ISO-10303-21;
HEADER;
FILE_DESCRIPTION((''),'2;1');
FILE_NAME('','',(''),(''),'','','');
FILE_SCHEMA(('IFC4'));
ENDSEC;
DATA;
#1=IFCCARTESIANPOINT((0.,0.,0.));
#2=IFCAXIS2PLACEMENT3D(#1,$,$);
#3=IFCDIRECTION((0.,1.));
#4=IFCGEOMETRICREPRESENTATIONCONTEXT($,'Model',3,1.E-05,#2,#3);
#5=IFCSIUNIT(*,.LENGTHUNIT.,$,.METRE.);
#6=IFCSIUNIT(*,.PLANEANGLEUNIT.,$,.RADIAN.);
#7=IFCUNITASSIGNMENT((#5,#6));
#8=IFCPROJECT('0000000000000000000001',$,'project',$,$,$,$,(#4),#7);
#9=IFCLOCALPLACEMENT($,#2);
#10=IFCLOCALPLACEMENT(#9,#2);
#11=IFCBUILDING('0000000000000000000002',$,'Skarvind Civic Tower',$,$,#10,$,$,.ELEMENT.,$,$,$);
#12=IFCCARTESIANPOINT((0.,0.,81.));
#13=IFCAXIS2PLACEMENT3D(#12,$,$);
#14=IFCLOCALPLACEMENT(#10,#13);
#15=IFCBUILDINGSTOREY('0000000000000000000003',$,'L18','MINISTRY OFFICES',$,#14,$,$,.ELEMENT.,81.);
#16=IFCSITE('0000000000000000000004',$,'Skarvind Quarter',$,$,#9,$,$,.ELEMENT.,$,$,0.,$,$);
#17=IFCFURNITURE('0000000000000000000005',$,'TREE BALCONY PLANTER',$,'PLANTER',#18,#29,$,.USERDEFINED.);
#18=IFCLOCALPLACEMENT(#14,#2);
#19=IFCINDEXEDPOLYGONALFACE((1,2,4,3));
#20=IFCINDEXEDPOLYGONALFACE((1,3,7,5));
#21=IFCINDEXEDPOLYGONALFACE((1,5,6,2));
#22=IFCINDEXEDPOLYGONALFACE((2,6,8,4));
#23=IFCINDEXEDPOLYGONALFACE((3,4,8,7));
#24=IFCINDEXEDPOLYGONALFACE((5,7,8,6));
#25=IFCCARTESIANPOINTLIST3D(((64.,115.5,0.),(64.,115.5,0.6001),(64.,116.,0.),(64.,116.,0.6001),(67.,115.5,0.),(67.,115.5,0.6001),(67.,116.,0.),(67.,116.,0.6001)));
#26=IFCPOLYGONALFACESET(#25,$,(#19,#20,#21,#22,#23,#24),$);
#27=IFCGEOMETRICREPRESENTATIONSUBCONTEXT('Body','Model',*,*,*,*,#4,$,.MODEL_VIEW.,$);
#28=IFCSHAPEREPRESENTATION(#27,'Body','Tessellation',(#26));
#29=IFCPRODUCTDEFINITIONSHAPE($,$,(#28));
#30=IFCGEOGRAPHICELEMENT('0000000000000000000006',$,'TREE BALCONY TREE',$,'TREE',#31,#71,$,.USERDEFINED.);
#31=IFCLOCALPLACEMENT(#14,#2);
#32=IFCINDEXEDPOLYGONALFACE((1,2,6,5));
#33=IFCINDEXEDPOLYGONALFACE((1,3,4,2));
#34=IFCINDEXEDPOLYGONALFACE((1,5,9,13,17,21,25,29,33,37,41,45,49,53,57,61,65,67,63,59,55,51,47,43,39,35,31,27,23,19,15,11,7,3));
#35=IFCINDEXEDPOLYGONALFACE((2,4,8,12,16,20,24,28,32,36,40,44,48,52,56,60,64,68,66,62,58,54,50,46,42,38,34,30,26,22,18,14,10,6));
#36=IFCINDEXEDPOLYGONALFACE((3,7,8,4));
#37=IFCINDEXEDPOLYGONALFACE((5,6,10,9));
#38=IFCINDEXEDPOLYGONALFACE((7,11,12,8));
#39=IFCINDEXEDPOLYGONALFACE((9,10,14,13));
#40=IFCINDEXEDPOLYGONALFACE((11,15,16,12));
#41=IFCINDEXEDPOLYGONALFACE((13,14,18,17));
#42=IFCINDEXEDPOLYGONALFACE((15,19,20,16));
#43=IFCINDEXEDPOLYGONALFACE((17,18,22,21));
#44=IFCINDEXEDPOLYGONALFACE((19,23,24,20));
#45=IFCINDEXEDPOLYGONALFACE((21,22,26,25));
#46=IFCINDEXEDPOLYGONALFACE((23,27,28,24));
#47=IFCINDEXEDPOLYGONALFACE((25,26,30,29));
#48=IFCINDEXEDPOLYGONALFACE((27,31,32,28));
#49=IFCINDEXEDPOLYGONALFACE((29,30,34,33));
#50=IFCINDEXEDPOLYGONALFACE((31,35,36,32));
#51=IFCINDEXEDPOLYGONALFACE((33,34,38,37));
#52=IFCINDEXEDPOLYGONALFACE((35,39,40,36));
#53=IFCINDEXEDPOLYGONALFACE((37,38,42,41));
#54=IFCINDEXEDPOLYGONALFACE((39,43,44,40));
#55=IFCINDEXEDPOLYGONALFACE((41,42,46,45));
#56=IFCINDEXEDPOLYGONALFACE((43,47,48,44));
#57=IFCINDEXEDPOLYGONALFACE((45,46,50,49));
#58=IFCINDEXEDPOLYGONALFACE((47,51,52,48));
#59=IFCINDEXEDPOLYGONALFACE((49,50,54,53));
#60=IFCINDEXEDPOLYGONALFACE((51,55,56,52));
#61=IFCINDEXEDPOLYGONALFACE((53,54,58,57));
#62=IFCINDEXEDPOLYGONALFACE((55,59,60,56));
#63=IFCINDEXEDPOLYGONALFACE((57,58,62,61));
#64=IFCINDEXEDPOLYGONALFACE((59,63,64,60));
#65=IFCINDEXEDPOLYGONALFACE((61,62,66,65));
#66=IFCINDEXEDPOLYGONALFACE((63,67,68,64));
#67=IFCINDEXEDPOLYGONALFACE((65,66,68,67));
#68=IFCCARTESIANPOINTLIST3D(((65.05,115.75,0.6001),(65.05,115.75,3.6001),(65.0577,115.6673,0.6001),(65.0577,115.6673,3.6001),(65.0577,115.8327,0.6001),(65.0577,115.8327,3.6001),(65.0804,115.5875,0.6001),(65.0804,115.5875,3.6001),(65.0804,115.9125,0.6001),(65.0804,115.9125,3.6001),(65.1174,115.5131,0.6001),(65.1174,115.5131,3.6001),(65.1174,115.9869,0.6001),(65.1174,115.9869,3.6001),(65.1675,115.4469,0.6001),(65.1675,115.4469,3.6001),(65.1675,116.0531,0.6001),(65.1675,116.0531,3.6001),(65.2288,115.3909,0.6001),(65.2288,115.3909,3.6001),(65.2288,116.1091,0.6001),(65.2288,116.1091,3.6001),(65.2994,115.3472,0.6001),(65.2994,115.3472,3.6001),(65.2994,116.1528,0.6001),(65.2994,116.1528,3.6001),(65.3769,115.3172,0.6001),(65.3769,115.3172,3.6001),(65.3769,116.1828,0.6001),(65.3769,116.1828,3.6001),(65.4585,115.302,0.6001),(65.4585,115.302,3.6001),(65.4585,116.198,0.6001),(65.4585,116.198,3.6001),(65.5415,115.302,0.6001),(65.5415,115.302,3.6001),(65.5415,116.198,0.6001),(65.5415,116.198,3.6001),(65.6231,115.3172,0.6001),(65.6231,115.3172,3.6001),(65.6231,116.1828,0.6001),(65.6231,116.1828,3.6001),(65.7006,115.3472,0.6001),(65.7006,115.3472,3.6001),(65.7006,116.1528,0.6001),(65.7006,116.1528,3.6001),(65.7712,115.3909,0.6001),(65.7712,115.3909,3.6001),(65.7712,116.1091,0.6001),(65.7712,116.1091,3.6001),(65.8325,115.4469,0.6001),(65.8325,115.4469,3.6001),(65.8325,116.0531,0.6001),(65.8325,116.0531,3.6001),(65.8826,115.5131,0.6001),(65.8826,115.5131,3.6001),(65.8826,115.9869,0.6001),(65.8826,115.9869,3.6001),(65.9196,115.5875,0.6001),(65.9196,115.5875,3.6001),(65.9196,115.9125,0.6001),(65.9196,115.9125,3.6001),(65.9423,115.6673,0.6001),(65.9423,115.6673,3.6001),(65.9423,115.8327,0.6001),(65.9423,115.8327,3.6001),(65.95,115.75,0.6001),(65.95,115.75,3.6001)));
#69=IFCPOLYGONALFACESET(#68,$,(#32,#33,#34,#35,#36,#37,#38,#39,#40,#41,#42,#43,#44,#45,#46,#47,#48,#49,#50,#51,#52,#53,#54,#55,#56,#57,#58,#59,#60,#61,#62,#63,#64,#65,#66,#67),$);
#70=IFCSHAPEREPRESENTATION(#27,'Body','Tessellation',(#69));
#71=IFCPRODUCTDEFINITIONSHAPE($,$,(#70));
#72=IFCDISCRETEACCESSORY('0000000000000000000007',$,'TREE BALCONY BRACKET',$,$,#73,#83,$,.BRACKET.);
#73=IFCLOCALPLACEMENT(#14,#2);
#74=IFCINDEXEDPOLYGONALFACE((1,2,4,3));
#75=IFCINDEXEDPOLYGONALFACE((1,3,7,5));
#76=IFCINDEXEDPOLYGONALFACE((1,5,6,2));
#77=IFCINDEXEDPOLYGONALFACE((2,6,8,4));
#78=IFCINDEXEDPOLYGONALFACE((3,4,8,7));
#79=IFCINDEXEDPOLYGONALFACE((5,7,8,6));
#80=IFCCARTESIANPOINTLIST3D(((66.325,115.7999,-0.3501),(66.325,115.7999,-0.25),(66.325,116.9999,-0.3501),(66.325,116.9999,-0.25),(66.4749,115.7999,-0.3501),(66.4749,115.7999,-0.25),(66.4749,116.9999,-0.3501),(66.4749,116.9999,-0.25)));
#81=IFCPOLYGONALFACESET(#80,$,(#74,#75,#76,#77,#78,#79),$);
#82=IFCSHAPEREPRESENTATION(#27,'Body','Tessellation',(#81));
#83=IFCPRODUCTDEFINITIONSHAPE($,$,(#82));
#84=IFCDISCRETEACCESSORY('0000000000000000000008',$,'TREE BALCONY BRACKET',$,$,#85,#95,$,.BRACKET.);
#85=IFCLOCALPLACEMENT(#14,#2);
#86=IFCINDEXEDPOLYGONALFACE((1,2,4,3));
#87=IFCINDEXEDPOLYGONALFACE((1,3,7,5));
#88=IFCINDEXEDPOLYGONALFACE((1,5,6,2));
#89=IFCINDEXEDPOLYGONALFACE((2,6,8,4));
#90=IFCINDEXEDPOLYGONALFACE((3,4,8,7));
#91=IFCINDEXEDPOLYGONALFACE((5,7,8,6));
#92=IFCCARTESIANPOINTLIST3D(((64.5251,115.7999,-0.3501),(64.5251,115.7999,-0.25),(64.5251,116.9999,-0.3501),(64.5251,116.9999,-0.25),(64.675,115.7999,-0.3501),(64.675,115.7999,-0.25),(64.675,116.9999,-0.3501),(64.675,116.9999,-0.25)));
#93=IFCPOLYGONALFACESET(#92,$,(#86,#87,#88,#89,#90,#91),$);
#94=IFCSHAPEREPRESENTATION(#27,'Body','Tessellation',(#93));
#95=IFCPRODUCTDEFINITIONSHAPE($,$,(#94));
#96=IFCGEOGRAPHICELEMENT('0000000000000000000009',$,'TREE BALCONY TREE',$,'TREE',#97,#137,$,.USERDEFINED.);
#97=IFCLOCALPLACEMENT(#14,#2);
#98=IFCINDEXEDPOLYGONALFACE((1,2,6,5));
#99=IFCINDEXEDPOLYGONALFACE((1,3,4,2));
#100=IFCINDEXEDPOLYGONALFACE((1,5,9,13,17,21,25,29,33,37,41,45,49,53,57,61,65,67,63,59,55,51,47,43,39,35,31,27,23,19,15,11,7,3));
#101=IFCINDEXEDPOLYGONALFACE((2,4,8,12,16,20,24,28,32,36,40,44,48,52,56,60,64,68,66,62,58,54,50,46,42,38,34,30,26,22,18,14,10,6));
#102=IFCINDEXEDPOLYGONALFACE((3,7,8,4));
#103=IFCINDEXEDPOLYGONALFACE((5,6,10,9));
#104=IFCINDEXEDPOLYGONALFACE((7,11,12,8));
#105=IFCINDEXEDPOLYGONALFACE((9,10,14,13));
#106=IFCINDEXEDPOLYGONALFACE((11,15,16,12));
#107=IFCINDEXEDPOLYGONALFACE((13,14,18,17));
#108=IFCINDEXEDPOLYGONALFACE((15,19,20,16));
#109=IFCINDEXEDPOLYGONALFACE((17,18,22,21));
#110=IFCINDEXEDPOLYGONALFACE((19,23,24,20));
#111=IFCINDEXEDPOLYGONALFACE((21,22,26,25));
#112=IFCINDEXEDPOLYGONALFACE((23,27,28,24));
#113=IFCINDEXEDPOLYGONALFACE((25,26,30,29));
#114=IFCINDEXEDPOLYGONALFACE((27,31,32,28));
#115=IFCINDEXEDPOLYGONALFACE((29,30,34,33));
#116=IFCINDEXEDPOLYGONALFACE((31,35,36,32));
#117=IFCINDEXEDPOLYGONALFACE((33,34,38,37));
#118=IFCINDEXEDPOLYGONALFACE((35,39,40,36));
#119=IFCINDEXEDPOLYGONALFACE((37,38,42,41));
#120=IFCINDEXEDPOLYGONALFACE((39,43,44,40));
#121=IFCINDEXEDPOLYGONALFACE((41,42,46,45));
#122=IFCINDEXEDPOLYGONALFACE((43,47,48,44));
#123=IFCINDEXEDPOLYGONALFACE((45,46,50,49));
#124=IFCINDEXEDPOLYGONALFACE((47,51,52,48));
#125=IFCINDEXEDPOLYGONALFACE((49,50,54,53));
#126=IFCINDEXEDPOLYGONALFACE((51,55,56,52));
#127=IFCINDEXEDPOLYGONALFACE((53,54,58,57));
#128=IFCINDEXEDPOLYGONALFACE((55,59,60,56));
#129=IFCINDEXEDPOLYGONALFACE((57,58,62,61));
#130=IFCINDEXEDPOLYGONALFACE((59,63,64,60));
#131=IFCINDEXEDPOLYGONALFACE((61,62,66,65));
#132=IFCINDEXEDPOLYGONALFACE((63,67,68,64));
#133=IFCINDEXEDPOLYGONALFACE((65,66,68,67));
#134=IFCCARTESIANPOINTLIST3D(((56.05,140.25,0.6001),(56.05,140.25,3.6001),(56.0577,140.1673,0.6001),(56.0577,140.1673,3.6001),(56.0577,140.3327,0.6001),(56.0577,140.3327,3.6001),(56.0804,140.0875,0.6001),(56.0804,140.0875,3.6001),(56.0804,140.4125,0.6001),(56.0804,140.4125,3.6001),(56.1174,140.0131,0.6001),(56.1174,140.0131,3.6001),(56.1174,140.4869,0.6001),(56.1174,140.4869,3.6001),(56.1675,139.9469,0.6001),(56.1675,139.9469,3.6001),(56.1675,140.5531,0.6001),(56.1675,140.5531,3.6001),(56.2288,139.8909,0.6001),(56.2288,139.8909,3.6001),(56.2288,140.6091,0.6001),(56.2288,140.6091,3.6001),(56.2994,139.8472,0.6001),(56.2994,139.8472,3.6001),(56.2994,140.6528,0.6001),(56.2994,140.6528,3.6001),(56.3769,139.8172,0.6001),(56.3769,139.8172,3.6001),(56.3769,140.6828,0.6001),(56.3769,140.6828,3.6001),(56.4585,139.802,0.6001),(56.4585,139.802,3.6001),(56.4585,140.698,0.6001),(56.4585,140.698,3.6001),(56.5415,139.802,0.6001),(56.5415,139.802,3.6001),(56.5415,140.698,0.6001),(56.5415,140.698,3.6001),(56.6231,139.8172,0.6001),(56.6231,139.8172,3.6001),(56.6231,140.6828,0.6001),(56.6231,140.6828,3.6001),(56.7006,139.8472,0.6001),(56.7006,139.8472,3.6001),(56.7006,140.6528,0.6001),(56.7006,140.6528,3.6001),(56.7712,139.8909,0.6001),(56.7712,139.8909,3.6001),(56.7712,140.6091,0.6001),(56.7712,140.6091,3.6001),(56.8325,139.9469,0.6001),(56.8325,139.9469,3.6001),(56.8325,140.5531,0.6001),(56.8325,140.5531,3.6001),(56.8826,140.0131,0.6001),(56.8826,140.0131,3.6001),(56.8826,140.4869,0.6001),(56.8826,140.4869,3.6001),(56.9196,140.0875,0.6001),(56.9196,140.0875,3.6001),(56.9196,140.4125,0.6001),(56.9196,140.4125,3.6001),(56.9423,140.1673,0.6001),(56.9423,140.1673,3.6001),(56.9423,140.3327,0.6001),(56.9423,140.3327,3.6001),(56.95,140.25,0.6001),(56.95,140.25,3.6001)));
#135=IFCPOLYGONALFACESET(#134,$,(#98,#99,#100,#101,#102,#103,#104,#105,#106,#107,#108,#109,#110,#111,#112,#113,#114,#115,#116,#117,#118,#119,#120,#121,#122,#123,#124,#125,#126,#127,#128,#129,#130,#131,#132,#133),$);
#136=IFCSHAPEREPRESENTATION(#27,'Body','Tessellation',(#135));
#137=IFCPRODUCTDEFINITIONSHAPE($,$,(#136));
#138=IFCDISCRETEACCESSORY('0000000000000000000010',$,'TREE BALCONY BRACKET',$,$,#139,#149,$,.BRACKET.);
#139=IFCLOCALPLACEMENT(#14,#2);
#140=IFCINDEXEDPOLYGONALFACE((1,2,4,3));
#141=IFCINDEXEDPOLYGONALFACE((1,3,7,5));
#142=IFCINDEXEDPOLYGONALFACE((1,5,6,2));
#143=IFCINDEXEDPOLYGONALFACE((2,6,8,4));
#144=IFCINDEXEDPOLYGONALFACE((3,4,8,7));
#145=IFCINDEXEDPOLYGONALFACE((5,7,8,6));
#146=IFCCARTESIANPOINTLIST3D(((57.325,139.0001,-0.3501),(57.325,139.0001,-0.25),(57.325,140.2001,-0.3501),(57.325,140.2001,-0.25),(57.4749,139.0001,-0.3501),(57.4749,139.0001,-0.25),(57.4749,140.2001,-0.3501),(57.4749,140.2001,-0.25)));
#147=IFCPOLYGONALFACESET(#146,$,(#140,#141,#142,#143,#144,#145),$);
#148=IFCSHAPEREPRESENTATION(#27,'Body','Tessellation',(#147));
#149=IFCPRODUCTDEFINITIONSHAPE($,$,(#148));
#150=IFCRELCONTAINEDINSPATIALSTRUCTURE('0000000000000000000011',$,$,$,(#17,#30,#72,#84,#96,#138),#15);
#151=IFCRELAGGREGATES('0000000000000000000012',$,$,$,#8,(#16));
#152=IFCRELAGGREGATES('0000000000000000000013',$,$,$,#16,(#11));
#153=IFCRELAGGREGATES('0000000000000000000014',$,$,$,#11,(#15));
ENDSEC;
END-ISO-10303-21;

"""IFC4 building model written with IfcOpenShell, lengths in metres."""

from ifc_helpers import new_model, si_unit, direction, frame, origin, origin_2d, place, context, subcontext, project, spatial, rectangle, circle, extrude, element, save


model = new_model("IFC4")

# Units and contexts
model_context = context("Model", 3, precision=1e-05, world=origin(), true_north=direction((0.0, 1.0)))
body_context = subcontext(model_context, "Body", "Model", "MODEL_VIEW")
ifc_project = project(units=[si_unit("LENGTHUNIT", "METRE"), si_unit("PLANEANGLEUNIT", "RADIAN")], contexts=[model_context])

# Site, building, storey
site_placement = place(None, origin())
site = spatial("IfcSite", under=ifc_project, at=site_placement, Name="Skarvind Quarter", CompositionType="ELEMENT", RefElevation=0.0)
building_placement = place(site_placement, origin())
building = spatial("IfcBuilding", under=site, at=building_placement, Name="Skarvind Civic Tower", CompositionType="ELEMENT")
storey_placement = place(building_placement, frame((0.0, 0.0, 81.0)))
storey = spatial("IfcBuildingStorey", under=building, at=storey_placement, Name="L18", Description="MINISTRY OFFICES", CompositionType="ELEMENT", Elevation=81.0)

# Furniture
furniture_placement = place(storey_placement, frame((65.5, 115.75, 0.0), z_axis=(0.0, 0.0, 1.0), x_axis=(-1.0, 0.0, 0.0)))
element("IfcFurniture", 1, at=furniture_placement, inside=storey, Name="TREE BALCONY PLANTER", ObjectType="PLANTER", PredefinedType="USERDEFINED", context=body_context, shape_type="SweptSolid", body=[
    extrude(rectangle(XDim=3.0, YDim=0.5, at=origin_2d()), origin(), (0.0, 0.0, 1.0), 0.6001),
])

# Geographic element
geographic_element_1_placement = place(storey_placement, frame((65.5, 115.75, 0.6001), z_axis=(0.0, 0.0, 1.0), x_axis=(1.0, 0.0, 0.0)))
element("IfcGeographicElement", 2, at=geographic_element_1_placement, inside=storey, Name="TREE BALCONY TREE", ObjectType="TREE", PredefinedType="USERDEFINED", context=body_context, shape_type="SweptSolid", body=[
    extrude(circle(Radius=0.45, at=origin_2d()), origin(), (0.0, 0.0, 1.0), 3.0),
])

# Discrete accessories
for number, where, z_axis, x_axis, name in (
    (3, (66.3999, 116.3999, -0.3501), (0.0, 0.0, 1.0), (-1.0, 0.0, 0.0), "TREE BALCONY BRACKET"),
    (4, (64.6001, 116.3999, -0.3501), (0.0, 0.0, 1.0), (-1.0, 0.0, 0.0), "TREE BALCONY BRACKET"),
):
    element("IfcDiscreteAccessory", number, at=place(storey_placement, frame(where, z_axis=z_axis, x_axis=x_axis)), inside=storey, Name=name, PredefinedType="BRACKET", context=body_context, shape_type="SweptSolid", body=[
        extrude(rectangle(XDim=0.1499, YDim=1.2, at=origin_2d()), origin(), (0.0, 0.0, 1.0), 0.1001),
    ])

# Geographic element
geographic_element_2_placement = place(storey_placement, frame((56.5, 140.25, 0.6001), z_axis=(0.0, 0.0, 1.0), x_axis=(1.0, 0.0, 0.0)))
element("IfcGeographicElement", 5, at=geographic_element_2_placement, inside=storey, Name="TREE BALCONY TREE", ObjectType="TREE", PredefinedType="USERDEFINED", context=body_context, shape_type="SweptSolid", body=[
    extrude(circle(Radius=0.45, at=origin_2d()), origin(), (0.0, 0.0, 1.0), 3.0),
])

# Discrete accessory
discrete_accessory_placement = place(storey_placement, frame((57.3999, 139.6001, -0.3501), z_axis=(0.0, 0.0, 1.0), x_axis=(1.0, 0.0, 0.0)))
element("IfcDiscreteAccessory", 6, at=discrete_accessory_placement, inside=storey, Name="TREE BALCONY BRACKET", PredefinedType="BRACKET", context=body_context, shape_type="SweptSolid", body=[
    extrude(rectangle(XDim=0.1499, YDim=1.2, at=origin_2d()), origin(), (0.0, 0.0, 1.0), 0.1001),
])

save(model, "model.ifc")
